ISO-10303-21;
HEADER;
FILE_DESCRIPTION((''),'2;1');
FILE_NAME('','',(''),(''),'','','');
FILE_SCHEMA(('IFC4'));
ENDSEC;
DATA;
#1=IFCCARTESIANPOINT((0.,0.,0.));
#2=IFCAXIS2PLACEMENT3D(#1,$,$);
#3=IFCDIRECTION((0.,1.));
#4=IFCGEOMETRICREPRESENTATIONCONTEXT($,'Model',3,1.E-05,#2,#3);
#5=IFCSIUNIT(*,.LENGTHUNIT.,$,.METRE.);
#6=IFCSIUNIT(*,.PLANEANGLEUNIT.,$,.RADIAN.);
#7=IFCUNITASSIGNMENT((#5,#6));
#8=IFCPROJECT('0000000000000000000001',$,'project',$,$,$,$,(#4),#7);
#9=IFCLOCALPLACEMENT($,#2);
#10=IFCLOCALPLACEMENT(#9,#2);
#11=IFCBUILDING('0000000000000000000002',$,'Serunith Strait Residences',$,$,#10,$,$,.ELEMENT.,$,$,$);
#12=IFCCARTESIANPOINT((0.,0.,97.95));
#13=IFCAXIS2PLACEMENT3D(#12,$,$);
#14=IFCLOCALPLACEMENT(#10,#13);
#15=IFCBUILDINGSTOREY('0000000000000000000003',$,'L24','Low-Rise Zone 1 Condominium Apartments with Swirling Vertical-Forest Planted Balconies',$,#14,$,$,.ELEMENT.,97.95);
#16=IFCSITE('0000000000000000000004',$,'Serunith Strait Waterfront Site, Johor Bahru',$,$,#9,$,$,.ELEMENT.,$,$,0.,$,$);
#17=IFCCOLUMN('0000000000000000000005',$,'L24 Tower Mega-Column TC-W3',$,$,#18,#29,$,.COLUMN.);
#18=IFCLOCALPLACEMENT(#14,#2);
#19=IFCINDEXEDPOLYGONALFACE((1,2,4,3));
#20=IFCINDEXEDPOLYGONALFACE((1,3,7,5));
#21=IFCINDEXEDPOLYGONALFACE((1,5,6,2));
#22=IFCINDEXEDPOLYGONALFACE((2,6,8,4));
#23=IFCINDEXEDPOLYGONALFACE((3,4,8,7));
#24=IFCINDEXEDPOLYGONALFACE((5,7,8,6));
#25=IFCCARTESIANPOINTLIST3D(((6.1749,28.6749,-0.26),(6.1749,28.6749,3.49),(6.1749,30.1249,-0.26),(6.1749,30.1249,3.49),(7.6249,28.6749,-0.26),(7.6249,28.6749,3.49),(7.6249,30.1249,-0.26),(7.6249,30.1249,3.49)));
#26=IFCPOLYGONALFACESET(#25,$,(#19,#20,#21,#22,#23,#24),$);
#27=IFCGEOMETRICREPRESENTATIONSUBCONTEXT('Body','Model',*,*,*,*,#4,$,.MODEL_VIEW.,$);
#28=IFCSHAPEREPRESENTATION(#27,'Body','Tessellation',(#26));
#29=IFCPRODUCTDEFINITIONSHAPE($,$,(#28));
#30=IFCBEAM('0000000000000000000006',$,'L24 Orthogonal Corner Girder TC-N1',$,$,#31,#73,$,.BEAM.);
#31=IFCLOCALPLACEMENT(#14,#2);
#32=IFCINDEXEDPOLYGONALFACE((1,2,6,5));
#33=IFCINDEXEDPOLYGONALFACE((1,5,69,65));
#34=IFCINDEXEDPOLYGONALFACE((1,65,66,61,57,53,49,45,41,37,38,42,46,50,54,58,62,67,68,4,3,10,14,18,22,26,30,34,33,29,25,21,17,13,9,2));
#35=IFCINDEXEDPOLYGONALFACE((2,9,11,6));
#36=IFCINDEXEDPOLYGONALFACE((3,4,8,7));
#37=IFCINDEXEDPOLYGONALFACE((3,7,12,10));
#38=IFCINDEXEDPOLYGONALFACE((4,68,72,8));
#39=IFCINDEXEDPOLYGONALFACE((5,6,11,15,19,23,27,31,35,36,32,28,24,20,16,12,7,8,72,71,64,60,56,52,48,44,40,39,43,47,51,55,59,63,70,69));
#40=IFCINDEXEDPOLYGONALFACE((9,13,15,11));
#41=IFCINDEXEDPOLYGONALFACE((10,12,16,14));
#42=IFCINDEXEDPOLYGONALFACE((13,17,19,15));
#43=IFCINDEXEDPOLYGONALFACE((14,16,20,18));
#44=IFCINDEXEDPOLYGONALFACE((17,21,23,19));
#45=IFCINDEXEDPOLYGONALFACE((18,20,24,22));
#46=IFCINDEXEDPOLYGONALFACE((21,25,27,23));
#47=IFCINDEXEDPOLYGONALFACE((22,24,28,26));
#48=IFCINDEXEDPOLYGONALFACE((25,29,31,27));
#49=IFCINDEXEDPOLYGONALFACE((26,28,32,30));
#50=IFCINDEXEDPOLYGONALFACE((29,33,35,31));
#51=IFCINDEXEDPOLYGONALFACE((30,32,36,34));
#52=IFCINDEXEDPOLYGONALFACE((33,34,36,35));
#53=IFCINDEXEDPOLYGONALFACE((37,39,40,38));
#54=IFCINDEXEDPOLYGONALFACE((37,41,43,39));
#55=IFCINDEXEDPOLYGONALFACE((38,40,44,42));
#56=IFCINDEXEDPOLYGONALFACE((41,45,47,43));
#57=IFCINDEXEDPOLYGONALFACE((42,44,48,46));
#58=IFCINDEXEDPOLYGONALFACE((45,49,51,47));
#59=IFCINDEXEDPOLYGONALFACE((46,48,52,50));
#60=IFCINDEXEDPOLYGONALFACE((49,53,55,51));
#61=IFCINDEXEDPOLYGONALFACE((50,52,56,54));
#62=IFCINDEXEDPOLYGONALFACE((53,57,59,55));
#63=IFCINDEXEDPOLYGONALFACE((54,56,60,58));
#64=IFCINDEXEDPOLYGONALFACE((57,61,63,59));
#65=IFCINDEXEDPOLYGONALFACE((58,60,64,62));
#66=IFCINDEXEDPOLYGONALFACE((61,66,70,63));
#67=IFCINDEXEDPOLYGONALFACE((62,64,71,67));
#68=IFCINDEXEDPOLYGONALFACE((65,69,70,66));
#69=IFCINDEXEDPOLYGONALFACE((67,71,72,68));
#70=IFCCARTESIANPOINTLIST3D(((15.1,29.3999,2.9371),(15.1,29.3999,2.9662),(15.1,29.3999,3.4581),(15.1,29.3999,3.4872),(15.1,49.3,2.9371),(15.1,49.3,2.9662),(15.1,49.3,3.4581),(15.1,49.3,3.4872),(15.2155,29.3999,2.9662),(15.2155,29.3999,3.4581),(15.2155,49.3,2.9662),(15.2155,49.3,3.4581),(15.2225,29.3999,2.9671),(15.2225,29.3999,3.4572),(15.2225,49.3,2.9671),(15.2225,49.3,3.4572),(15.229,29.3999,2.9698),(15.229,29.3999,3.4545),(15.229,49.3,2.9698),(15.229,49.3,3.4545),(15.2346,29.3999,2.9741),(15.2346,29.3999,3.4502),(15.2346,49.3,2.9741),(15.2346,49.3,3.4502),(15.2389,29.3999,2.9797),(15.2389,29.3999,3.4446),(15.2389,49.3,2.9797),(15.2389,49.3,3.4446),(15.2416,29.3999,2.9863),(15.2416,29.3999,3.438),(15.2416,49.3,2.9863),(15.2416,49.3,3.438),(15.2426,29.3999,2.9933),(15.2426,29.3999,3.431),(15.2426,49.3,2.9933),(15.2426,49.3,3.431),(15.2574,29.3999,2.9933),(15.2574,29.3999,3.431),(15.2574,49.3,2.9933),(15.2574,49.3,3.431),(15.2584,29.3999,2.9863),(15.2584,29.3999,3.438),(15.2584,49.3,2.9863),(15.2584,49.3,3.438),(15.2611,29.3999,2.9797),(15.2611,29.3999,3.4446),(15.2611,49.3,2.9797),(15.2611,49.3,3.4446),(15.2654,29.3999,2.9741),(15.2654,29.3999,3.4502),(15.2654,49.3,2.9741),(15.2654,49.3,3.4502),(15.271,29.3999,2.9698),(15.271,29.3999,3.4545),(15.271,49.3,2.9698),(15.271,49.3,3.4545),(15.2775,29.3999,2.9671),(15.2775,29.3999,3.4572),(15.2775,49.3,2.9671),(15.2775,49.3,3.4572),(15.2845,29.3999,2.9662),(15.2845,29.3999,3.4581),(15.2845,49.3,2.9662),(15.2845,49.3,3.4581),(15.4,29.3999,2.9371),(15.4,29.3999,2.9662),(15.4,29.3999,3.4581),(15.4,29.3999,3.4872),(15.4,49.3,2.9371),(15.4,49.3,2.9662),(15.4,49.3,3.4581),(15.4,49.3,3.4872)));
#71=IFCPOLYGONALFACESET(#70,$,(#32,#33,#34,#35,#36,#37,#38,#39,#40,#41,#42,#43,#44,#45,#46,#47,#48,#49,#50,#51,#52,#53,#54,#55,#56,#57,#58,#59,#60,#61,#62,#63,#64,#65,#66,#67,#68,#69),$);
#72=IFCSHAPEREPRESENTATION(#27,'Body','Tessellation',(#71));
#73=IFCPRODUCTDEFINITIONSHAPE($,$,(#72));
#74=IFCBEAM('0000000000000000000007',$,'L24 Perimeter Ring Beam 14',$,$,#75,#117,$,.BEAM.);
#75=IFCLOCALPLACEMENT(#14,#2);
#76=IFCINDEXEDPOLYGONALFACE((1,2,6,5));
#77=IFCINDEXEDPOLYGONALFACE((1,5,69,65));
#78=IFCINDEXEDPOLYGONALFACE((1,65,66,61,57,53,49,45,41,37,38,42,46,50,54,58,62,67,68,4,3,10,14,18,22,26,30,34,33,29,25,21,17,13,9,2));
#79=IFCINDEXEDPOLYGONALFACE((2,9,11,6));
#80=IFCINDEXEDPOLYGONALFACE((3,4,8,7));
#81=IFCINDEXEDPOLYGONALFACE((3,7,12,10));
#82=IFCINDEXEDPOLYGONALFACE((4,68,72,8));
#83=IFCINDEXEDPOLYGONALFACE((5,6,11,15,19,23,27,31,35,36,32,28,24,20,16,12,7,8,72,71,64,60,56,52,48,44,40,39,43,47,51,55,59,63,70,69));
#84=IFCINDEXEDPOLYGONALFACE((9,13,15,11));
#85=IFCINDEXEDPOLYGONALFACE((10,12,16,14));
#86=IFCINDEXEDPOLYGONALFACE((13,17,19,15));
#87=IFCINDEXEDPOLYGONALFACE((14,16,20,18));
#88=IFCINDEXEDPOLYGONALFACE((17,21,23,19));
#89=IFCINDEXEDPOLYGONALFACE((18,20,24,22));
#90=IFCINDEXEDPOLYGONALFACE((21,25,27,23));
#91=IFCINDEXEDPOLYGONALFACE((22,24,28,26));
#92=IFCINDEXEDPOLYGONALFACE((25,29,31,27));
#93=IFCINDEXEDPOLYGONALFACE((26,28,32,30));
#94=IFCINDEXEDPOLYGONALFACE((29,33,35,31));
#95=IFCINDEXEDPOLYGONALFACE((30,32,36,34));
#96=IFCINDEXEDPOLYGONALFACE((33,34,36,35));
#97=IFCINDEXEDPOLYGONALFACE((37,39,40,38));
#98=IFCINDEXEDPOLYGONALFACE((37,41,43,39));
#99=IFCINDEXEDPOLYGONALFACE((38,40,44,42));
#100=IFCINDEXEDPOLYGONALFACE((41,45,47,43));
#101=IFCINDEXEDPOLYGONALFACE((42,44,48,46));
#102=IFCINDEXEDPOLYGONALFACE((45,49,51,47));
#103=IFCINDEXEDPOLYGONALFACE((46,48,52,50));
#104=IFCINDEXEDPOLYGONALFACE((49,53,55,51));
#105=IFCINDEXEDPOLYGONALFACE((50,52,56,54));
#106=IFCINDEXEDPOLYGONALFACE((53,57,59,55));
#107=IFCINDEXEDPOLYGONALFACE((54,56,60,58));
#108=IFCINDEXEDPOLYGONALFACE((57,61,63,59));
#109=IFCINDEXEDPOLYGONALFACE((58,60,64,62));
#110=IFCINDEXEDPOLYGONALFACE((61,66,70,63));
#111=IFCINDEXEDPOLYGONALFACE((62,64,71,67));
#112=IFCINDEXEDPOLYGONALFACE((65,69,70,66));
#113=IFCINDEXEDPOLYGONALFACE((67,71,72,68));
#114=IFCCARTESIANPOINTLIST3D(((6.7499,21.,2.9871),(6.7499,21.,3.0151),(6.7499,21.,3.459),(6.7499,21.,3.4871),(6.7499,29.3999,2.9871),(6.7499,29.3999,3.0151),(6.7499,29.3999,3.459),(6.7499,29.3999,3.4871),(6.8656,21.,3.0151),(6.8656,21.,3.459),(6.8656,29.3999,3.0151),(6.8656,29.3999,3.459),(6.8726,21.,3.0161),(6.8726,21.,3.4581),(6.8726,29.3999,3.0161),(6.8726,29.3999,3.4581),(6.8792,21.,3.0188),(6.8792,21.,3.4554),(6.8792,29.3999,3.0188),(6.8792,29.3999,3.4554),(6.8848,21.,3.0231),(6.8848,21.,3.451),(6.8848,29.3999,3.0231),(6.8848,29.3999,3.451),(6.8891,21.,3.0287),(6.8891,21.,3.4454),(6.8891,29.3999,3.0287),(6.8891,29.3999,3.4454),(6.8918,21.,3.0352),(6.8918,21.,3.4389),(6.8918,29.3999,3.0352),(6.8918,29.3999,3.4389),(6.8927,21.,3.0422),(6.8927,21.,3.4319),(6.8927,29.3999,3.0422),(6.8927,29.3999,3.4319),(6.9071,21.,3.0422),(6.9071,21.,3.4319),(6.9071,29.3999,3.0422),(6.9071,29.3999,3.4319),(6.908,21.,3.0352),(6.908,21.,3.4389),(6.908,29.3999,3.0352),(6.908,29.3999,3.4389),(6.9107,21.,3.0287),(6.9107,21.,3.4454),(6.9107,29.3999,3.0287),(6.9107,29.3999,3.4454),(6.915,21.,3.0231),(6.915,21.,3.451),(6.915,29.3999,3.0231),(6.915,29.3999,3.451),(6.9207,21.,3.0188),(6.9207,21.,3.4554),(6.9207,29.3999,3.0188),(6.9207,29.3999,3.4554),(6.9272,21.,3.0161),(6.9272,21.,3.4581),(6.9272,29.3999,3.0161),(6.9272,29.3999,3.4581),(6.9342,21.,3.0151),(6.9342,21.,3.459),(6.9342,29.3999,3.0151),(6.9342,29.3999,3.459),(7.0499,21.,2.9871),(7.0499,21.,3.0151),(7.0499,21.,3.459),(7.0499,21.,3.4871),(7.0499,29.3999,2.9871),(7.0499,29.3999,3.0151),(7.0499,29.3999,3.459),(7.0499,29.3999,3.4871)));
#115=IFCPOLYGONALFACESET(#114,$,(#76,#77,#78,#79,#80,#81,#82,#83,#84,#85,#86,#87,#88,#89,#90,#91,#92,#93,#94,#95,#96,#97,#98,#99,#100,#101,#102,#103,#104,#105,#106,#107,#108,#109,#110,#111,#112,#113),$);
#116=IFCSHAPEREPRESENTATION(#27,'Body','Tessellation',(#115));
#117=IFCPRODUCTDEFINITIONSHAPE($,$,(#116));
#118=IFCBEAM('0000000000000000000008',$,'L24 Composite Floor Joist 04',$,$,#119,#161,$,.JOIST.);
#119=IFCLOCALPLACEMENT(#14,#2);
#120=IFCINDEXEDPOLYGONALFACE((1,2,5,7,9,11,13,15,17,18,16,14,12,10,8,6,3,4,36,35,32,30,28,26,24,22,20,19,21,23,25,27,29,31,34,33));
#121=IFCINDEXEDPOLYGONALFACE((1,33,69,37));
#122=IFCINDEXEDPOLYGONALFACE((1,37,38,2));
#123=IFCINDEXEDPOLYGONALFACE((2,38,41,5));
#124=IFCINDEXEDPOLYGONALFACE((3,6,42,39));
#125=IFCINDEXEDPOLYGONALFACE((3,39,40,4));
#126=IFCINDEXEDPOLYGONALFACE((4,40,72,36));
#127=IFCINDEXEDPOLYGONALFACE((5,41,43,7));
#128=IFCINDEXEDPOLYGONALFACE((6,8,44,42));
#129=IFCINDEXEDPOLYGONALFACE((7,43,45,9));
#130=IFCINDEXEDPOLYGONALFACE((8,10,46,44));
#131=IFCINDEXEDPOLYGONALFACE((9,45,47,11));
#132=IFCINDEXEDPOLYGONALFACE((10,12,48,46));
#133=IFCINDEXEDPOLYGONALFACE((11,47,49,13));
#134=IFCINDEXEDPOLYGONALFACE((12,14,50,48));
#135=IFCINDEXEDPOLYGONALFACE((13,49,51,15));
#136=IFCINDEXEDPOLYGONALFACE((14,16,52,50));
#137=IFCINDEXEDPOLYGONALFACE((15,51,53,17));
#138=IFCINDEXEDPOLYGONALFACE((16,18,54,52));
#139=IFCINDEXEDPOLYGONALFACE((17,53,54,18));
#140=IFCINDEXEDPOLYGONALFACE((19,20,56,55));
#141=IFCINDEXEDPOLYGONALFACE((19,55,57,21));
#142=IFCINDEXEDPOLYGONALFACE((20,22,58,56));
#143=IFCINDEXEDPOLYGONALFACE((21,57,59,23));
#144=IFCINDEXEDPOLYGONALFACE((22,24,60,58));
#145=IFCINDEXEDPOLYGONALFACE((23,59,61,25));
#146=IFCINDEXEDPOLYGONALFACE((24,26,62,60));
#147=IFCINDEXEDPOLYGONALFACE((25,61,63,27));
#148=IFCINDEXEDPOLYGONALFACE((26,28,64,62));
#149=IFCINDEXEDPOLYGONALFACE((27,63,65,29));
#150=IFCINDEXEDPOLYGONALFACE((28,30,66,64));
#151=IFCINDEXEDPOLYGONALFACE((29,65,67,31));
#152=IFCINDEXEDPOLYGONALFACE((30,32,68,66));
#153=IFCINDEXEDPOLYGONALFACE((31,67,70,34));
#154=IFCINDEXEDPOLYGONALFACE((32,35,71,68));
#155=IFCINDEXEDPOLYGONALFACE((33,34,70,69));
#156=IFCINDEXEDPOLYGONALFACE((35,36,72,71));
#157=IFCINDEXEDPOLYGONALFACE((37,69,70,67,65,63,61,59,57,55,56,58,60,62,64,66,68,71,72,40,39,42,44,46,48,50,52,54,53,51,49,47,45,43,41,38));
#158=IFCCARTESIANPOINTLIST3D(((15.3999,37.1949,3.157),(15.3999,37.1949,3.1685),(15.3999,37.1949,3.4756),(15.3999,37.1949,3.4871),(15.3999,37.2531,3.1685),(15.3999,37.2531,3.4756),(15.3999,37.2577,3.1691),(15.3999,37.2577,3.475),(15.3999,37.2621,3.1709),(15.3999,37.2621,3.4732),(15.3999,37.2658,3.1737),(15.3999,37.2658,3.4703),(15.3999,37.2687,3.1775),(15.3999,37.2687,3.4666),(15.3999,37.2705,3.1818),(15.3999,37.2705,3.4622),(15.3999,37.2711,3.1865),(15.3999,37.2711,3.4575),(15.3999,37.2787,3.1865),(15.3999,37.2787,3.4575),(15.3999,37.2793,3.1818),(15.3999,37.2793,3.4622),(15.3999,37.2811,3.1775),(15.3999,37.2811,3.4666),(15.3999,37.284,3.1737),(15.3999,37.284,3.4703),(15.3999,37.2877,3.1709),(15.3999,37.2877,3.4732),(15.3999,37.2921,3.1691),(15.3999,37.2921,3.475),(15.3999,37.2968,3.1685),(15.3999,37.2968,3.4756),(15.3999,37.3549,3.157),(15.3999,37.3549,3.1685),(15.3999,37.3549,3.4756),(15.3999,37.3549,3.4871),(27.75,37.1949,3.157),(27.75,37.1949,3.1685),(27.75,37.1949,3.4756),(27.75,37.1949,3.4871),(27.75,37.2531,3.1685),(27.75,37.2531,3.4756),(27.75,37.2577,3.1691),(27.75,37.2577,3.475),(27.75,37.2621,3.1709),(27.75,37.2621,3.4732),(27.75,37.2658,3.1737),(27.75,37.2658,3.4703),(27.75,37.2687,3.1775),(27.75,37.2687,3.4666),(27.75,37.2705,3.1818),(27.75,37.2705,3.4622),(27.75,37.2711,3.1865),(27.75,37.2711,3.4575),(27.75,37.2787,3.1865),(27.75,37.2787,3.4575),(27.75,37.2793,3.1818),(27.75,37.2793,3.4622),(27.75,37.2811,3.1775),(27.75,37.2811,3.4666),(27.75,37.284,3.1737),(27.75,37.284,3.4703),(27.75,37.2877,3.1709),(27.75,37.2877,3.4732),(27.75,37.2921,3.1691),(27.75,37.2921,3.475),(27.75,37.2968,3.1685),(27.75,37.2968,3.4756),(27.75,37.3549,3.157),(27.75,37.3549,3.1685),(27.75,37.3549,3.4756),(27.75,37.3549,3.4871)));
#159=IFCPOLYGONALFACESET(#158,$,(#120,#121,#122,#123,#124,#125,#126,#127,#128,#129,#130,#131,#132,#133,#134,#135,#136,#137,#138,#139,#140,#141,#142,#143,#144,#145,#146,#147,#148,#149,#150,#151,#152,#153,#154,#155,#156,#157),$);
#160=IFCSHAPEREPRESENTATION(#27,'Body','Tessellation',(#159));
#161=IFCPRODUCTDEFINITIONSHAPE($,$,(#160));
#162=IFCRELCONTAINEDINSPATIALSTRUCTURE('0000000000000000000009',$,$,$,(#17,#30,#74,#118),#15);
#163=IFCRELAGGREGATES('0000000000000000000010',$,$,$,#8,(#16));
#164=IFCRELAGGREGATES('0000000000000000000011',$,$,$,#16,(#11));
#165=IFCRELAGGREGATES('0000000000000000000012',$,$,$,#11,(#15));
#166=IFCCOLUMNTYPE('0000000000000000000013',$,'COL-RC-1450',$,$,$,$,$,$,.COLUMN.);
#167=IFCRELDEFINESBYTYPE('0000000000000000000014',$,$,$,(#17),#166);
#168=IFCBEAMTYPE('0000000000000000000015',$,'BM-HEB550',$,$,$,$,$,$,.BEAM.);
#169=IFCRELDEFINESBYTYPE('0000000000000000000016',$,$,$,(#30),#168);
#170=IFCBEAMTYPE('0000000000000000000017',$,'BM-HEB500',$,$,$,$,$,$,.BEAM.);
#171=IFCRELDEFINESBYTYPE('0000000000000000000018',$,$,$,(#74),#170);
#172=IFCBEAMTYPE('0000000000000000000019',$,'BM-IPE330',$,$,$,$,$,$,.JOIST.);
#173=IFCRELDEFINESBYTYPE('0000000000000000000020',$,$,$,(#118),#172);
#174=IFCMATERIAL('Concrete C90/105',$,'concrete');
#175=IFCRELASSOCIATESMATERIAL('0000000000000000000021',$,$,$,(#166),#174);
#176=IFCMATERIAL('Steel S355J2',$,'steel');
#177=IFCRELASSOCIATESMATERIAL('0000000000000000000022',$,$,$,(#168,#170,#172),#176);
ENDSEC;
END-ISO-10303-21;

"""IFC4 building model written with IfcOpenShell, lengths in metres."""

from ifc_helpers import new_model, si_unit, direction, frame, origin, origin_2d, place, context, subcontext, project, spatial, rectangle, i_section, extrude, source, transform, mapped, material, material_profile, profile_set, type_object, element, save


model = new_model("IFC4")

# Units and contexts
model_context = context("Model", 3, precision=1e-05, world=origin(), true_north=direction((0.0, 1.0)))
body_context = subcontext(model_context, "Body", "Model", "MODEL_VIEW")
ifc_project = project(units=[si_unit("LENGTHUNIT", "METRE"), si_unit("PLANEANGLEUNIT", "RADIAN")], contexts=[model_context])

# Site, building, storey
site_placement = place(None, origin())
site = spatial("IfcSite", under=ifc_project, at=site_placement, Name="Serunith Strait Waterfront Site, Johor Bahru", CompositionType="ELEMENT", RefElevation=0.0)
building_placement = place(site_placement, origin())
building = spatial("IfcBuilding", under=site, at=building_placement, Name="Serunith Strait Residences", CompositionType="ELEMENT")
storey_placement = place(building_placement, frame((0.0, 0.0, 97.95)))
storey = spatial("IfcBuildingStorey", under=building, at=storey_placement, Name="L24", Description="Low-Rise Zone 1 Condominium Apartments with Swirling Vertical-Forest Planted Balconies", CompositionType="ELEMENT", Elevation=97.95)

# Column
ifc_material_1 = material(Name="Concrete C90/105", Category="concrete")
ifc_material_profile_1 = material_profile(ifc_material_1, rectangle(XDim=1.45, YDim=1.45, at=origin_2d()), Name="RC 1450x1450")
ifc_profile_set_1 = profile_set([ifc_material_profile_1], Name="Concrete C90/105")
column_type = type_object("IfcColumnType", Name="COL-RC-1450", PredefinedType="COLUMN", material=ifc_profile_set_1)
shared_shape_1 = source(origin(), body_context, "Body", "SweptSolid", [
    extrude(rectangle(XDim=1.45, YDim=1.45, at=origin_2d()), origin(), (0.0, 0.0, 1.0), 3.75),
])
column_placement = place(storey_placement, frame((6.8999, 29.3999, -0.26), z_axis=(0.0, 0.0, 1.0), x_axis=(1.0, 0.0, 0.0)))
element("IfcColumn", 1, at=column_placement, inside=storey, type_object=column_type, Name="L24 Tower Mega-Column TC-W3", PredefinedType="COLUMN", context=body_context, shape_type="MappedRepresentation", body=[
    mapped(shared_shape_1, transform((0.0, 0.0, 0.0), scale=1.0)),
])

# Beams
ifc_material_2 = material(Name="Steel S355J2", Category="steel")
ifc_material_profile_2 = material_profile(ifc_material_2, i_section(OverallWidth=0.3, OverallDepth=0.55, WebThickness=0.0149, FlangeThickness=0.0291, FilletRadius=0.0271, at=origin_2d()), Name="HEB 550")
ifc_profile_set_2 = profile_set([ifc_material_profile_2], Name="Steel S355J2")
beam_type_1 = type_object("IfcBeamType", Name="BM-HEB550", PredefinedType="BEAM", material=ifc_profile_set_2)
shared_shape_2 = source(origin(), body_context, "Body", "SweptSolid", [
    extrude(i_section(OverallWidth=0.3, OverallDepth=0.55, WebThickness=0.0149, FlangeThickness=0.0291, FilletRadius=0.0271, at=origin_2d()), origin(), (0.0, 0.0, 1.0), 19.9001),
])
beam_1_placement = place(storey_placement, frame((15.25, 29.3999, 3.2122), z_axis=(0.0, 1.0, 0.0), x_axis=(-1.0, 0.0, 0.0)))
element("IfcBeam", 2, at=beam_1_placement, inside=storey, type_object=beam_type_1, Name="L24 Orthogonal Corner Girder TC-N1", PredefinedType="BEAM", context=body_context, shape_type="MappedRepresentation", body=[
    mapped(shared_shape_2, transform((0.0, 0.0, 0.0), scale=1.0)),
])
ifc_material_profile_3 = material_profile(ifc_material_2, i_section(OverallWidth=0.3, OverallDepth=0.5, WebThickness=0.0144, FlangeThickness=0.0281, FilletRadius=0.0271, at=origin_2d()), Name="HEB 500")
ifc_profile_set_3 = profile_set([ifc_material_profile_3], Name="Steel S355J2")
beam_type_2 = type_object("IfcBeamType", Name="BM-HEB500", PredefinedType="BEAM", material=ifc_profile_set_3)
shared_shape_3 = source(origin(), body_context, "Body", "SweptSolid", [
    extrude(i_section(OverallWidth=0.3, OverallDepth=0.5, WebThickness=0.0144, FlangeThickness=0.0281, FilletRadius=0.0271, at=origin_2d()), origin(), (0.0, 0.0, 1.0), 8.3999),
])
beam_2_placement = place(storey_placement, frame((6.8999, 29.3999, 3.2371), z_axis=(0.0, -1.0, 0.0), x_axis=(1.0, 0.0, 0.0)))
element("IfcBeam", 3, at=beam_2_placement, inside=storey, type_object=beam_type_2, Name="L24 Perimeter Ring Beam 14", PredefinedType="BEAM", context=body_context, shape_type="MappedRepresentation", body=[
    mapped(shared_shape_3, transform((0.0, 0.0, 0.0), scale=1.0)),
])
ifc_material_profile_4 = material_profile(ifc_material_2, i_section(OverallWidth=0.1599, OverallDepth=0.3301, WebThickness=0.0076, FlangeThickness=0.0115, FilletRadius=0.0181, at=origin_2d()), Name="IPE 330")
ifc_profile_set_4 = profile_set([ifc_material_profile_4], Name="Steel S355J2")
beam_type_3 = type_object("IfcBeamType", Name="BM-IPE330", PredefinedType="JOIST", material=ifc_profile_set_4)
shared_shape_4 = source(origin(), body_context, "Body", "SweptSolid", [
    extrude(i_section(OverallWidth=0.1599, OverallDepth=0.3301, WebThickness=0.0076, FlangeThickness=0.0115, FilletRadius=0.0181, at=origin_2d()), origin(), (0.0, 0.0, 1.0), 12.3501),
])
beam_3_placement = place(storey_placement, frame((15.3999, 37.2749, 3.322), z_axis=(1.0, 0.0, 0.0), x_axis=(0.0, 1.0, 0.0)))
element("IfcBeam", 4, at=beam_3_placement, inside=storey, type_object=beam_type_3, Name="L24 Composite Floor Joist 04", PredefinedType="JOIST", context=body_context, shape_type="MappedRepresentation", body=[
    mapped(shared_shape_4, transform((0.0, 0.0, 0.0), scale=1.0)),
])

save(model, "model.ifc")
